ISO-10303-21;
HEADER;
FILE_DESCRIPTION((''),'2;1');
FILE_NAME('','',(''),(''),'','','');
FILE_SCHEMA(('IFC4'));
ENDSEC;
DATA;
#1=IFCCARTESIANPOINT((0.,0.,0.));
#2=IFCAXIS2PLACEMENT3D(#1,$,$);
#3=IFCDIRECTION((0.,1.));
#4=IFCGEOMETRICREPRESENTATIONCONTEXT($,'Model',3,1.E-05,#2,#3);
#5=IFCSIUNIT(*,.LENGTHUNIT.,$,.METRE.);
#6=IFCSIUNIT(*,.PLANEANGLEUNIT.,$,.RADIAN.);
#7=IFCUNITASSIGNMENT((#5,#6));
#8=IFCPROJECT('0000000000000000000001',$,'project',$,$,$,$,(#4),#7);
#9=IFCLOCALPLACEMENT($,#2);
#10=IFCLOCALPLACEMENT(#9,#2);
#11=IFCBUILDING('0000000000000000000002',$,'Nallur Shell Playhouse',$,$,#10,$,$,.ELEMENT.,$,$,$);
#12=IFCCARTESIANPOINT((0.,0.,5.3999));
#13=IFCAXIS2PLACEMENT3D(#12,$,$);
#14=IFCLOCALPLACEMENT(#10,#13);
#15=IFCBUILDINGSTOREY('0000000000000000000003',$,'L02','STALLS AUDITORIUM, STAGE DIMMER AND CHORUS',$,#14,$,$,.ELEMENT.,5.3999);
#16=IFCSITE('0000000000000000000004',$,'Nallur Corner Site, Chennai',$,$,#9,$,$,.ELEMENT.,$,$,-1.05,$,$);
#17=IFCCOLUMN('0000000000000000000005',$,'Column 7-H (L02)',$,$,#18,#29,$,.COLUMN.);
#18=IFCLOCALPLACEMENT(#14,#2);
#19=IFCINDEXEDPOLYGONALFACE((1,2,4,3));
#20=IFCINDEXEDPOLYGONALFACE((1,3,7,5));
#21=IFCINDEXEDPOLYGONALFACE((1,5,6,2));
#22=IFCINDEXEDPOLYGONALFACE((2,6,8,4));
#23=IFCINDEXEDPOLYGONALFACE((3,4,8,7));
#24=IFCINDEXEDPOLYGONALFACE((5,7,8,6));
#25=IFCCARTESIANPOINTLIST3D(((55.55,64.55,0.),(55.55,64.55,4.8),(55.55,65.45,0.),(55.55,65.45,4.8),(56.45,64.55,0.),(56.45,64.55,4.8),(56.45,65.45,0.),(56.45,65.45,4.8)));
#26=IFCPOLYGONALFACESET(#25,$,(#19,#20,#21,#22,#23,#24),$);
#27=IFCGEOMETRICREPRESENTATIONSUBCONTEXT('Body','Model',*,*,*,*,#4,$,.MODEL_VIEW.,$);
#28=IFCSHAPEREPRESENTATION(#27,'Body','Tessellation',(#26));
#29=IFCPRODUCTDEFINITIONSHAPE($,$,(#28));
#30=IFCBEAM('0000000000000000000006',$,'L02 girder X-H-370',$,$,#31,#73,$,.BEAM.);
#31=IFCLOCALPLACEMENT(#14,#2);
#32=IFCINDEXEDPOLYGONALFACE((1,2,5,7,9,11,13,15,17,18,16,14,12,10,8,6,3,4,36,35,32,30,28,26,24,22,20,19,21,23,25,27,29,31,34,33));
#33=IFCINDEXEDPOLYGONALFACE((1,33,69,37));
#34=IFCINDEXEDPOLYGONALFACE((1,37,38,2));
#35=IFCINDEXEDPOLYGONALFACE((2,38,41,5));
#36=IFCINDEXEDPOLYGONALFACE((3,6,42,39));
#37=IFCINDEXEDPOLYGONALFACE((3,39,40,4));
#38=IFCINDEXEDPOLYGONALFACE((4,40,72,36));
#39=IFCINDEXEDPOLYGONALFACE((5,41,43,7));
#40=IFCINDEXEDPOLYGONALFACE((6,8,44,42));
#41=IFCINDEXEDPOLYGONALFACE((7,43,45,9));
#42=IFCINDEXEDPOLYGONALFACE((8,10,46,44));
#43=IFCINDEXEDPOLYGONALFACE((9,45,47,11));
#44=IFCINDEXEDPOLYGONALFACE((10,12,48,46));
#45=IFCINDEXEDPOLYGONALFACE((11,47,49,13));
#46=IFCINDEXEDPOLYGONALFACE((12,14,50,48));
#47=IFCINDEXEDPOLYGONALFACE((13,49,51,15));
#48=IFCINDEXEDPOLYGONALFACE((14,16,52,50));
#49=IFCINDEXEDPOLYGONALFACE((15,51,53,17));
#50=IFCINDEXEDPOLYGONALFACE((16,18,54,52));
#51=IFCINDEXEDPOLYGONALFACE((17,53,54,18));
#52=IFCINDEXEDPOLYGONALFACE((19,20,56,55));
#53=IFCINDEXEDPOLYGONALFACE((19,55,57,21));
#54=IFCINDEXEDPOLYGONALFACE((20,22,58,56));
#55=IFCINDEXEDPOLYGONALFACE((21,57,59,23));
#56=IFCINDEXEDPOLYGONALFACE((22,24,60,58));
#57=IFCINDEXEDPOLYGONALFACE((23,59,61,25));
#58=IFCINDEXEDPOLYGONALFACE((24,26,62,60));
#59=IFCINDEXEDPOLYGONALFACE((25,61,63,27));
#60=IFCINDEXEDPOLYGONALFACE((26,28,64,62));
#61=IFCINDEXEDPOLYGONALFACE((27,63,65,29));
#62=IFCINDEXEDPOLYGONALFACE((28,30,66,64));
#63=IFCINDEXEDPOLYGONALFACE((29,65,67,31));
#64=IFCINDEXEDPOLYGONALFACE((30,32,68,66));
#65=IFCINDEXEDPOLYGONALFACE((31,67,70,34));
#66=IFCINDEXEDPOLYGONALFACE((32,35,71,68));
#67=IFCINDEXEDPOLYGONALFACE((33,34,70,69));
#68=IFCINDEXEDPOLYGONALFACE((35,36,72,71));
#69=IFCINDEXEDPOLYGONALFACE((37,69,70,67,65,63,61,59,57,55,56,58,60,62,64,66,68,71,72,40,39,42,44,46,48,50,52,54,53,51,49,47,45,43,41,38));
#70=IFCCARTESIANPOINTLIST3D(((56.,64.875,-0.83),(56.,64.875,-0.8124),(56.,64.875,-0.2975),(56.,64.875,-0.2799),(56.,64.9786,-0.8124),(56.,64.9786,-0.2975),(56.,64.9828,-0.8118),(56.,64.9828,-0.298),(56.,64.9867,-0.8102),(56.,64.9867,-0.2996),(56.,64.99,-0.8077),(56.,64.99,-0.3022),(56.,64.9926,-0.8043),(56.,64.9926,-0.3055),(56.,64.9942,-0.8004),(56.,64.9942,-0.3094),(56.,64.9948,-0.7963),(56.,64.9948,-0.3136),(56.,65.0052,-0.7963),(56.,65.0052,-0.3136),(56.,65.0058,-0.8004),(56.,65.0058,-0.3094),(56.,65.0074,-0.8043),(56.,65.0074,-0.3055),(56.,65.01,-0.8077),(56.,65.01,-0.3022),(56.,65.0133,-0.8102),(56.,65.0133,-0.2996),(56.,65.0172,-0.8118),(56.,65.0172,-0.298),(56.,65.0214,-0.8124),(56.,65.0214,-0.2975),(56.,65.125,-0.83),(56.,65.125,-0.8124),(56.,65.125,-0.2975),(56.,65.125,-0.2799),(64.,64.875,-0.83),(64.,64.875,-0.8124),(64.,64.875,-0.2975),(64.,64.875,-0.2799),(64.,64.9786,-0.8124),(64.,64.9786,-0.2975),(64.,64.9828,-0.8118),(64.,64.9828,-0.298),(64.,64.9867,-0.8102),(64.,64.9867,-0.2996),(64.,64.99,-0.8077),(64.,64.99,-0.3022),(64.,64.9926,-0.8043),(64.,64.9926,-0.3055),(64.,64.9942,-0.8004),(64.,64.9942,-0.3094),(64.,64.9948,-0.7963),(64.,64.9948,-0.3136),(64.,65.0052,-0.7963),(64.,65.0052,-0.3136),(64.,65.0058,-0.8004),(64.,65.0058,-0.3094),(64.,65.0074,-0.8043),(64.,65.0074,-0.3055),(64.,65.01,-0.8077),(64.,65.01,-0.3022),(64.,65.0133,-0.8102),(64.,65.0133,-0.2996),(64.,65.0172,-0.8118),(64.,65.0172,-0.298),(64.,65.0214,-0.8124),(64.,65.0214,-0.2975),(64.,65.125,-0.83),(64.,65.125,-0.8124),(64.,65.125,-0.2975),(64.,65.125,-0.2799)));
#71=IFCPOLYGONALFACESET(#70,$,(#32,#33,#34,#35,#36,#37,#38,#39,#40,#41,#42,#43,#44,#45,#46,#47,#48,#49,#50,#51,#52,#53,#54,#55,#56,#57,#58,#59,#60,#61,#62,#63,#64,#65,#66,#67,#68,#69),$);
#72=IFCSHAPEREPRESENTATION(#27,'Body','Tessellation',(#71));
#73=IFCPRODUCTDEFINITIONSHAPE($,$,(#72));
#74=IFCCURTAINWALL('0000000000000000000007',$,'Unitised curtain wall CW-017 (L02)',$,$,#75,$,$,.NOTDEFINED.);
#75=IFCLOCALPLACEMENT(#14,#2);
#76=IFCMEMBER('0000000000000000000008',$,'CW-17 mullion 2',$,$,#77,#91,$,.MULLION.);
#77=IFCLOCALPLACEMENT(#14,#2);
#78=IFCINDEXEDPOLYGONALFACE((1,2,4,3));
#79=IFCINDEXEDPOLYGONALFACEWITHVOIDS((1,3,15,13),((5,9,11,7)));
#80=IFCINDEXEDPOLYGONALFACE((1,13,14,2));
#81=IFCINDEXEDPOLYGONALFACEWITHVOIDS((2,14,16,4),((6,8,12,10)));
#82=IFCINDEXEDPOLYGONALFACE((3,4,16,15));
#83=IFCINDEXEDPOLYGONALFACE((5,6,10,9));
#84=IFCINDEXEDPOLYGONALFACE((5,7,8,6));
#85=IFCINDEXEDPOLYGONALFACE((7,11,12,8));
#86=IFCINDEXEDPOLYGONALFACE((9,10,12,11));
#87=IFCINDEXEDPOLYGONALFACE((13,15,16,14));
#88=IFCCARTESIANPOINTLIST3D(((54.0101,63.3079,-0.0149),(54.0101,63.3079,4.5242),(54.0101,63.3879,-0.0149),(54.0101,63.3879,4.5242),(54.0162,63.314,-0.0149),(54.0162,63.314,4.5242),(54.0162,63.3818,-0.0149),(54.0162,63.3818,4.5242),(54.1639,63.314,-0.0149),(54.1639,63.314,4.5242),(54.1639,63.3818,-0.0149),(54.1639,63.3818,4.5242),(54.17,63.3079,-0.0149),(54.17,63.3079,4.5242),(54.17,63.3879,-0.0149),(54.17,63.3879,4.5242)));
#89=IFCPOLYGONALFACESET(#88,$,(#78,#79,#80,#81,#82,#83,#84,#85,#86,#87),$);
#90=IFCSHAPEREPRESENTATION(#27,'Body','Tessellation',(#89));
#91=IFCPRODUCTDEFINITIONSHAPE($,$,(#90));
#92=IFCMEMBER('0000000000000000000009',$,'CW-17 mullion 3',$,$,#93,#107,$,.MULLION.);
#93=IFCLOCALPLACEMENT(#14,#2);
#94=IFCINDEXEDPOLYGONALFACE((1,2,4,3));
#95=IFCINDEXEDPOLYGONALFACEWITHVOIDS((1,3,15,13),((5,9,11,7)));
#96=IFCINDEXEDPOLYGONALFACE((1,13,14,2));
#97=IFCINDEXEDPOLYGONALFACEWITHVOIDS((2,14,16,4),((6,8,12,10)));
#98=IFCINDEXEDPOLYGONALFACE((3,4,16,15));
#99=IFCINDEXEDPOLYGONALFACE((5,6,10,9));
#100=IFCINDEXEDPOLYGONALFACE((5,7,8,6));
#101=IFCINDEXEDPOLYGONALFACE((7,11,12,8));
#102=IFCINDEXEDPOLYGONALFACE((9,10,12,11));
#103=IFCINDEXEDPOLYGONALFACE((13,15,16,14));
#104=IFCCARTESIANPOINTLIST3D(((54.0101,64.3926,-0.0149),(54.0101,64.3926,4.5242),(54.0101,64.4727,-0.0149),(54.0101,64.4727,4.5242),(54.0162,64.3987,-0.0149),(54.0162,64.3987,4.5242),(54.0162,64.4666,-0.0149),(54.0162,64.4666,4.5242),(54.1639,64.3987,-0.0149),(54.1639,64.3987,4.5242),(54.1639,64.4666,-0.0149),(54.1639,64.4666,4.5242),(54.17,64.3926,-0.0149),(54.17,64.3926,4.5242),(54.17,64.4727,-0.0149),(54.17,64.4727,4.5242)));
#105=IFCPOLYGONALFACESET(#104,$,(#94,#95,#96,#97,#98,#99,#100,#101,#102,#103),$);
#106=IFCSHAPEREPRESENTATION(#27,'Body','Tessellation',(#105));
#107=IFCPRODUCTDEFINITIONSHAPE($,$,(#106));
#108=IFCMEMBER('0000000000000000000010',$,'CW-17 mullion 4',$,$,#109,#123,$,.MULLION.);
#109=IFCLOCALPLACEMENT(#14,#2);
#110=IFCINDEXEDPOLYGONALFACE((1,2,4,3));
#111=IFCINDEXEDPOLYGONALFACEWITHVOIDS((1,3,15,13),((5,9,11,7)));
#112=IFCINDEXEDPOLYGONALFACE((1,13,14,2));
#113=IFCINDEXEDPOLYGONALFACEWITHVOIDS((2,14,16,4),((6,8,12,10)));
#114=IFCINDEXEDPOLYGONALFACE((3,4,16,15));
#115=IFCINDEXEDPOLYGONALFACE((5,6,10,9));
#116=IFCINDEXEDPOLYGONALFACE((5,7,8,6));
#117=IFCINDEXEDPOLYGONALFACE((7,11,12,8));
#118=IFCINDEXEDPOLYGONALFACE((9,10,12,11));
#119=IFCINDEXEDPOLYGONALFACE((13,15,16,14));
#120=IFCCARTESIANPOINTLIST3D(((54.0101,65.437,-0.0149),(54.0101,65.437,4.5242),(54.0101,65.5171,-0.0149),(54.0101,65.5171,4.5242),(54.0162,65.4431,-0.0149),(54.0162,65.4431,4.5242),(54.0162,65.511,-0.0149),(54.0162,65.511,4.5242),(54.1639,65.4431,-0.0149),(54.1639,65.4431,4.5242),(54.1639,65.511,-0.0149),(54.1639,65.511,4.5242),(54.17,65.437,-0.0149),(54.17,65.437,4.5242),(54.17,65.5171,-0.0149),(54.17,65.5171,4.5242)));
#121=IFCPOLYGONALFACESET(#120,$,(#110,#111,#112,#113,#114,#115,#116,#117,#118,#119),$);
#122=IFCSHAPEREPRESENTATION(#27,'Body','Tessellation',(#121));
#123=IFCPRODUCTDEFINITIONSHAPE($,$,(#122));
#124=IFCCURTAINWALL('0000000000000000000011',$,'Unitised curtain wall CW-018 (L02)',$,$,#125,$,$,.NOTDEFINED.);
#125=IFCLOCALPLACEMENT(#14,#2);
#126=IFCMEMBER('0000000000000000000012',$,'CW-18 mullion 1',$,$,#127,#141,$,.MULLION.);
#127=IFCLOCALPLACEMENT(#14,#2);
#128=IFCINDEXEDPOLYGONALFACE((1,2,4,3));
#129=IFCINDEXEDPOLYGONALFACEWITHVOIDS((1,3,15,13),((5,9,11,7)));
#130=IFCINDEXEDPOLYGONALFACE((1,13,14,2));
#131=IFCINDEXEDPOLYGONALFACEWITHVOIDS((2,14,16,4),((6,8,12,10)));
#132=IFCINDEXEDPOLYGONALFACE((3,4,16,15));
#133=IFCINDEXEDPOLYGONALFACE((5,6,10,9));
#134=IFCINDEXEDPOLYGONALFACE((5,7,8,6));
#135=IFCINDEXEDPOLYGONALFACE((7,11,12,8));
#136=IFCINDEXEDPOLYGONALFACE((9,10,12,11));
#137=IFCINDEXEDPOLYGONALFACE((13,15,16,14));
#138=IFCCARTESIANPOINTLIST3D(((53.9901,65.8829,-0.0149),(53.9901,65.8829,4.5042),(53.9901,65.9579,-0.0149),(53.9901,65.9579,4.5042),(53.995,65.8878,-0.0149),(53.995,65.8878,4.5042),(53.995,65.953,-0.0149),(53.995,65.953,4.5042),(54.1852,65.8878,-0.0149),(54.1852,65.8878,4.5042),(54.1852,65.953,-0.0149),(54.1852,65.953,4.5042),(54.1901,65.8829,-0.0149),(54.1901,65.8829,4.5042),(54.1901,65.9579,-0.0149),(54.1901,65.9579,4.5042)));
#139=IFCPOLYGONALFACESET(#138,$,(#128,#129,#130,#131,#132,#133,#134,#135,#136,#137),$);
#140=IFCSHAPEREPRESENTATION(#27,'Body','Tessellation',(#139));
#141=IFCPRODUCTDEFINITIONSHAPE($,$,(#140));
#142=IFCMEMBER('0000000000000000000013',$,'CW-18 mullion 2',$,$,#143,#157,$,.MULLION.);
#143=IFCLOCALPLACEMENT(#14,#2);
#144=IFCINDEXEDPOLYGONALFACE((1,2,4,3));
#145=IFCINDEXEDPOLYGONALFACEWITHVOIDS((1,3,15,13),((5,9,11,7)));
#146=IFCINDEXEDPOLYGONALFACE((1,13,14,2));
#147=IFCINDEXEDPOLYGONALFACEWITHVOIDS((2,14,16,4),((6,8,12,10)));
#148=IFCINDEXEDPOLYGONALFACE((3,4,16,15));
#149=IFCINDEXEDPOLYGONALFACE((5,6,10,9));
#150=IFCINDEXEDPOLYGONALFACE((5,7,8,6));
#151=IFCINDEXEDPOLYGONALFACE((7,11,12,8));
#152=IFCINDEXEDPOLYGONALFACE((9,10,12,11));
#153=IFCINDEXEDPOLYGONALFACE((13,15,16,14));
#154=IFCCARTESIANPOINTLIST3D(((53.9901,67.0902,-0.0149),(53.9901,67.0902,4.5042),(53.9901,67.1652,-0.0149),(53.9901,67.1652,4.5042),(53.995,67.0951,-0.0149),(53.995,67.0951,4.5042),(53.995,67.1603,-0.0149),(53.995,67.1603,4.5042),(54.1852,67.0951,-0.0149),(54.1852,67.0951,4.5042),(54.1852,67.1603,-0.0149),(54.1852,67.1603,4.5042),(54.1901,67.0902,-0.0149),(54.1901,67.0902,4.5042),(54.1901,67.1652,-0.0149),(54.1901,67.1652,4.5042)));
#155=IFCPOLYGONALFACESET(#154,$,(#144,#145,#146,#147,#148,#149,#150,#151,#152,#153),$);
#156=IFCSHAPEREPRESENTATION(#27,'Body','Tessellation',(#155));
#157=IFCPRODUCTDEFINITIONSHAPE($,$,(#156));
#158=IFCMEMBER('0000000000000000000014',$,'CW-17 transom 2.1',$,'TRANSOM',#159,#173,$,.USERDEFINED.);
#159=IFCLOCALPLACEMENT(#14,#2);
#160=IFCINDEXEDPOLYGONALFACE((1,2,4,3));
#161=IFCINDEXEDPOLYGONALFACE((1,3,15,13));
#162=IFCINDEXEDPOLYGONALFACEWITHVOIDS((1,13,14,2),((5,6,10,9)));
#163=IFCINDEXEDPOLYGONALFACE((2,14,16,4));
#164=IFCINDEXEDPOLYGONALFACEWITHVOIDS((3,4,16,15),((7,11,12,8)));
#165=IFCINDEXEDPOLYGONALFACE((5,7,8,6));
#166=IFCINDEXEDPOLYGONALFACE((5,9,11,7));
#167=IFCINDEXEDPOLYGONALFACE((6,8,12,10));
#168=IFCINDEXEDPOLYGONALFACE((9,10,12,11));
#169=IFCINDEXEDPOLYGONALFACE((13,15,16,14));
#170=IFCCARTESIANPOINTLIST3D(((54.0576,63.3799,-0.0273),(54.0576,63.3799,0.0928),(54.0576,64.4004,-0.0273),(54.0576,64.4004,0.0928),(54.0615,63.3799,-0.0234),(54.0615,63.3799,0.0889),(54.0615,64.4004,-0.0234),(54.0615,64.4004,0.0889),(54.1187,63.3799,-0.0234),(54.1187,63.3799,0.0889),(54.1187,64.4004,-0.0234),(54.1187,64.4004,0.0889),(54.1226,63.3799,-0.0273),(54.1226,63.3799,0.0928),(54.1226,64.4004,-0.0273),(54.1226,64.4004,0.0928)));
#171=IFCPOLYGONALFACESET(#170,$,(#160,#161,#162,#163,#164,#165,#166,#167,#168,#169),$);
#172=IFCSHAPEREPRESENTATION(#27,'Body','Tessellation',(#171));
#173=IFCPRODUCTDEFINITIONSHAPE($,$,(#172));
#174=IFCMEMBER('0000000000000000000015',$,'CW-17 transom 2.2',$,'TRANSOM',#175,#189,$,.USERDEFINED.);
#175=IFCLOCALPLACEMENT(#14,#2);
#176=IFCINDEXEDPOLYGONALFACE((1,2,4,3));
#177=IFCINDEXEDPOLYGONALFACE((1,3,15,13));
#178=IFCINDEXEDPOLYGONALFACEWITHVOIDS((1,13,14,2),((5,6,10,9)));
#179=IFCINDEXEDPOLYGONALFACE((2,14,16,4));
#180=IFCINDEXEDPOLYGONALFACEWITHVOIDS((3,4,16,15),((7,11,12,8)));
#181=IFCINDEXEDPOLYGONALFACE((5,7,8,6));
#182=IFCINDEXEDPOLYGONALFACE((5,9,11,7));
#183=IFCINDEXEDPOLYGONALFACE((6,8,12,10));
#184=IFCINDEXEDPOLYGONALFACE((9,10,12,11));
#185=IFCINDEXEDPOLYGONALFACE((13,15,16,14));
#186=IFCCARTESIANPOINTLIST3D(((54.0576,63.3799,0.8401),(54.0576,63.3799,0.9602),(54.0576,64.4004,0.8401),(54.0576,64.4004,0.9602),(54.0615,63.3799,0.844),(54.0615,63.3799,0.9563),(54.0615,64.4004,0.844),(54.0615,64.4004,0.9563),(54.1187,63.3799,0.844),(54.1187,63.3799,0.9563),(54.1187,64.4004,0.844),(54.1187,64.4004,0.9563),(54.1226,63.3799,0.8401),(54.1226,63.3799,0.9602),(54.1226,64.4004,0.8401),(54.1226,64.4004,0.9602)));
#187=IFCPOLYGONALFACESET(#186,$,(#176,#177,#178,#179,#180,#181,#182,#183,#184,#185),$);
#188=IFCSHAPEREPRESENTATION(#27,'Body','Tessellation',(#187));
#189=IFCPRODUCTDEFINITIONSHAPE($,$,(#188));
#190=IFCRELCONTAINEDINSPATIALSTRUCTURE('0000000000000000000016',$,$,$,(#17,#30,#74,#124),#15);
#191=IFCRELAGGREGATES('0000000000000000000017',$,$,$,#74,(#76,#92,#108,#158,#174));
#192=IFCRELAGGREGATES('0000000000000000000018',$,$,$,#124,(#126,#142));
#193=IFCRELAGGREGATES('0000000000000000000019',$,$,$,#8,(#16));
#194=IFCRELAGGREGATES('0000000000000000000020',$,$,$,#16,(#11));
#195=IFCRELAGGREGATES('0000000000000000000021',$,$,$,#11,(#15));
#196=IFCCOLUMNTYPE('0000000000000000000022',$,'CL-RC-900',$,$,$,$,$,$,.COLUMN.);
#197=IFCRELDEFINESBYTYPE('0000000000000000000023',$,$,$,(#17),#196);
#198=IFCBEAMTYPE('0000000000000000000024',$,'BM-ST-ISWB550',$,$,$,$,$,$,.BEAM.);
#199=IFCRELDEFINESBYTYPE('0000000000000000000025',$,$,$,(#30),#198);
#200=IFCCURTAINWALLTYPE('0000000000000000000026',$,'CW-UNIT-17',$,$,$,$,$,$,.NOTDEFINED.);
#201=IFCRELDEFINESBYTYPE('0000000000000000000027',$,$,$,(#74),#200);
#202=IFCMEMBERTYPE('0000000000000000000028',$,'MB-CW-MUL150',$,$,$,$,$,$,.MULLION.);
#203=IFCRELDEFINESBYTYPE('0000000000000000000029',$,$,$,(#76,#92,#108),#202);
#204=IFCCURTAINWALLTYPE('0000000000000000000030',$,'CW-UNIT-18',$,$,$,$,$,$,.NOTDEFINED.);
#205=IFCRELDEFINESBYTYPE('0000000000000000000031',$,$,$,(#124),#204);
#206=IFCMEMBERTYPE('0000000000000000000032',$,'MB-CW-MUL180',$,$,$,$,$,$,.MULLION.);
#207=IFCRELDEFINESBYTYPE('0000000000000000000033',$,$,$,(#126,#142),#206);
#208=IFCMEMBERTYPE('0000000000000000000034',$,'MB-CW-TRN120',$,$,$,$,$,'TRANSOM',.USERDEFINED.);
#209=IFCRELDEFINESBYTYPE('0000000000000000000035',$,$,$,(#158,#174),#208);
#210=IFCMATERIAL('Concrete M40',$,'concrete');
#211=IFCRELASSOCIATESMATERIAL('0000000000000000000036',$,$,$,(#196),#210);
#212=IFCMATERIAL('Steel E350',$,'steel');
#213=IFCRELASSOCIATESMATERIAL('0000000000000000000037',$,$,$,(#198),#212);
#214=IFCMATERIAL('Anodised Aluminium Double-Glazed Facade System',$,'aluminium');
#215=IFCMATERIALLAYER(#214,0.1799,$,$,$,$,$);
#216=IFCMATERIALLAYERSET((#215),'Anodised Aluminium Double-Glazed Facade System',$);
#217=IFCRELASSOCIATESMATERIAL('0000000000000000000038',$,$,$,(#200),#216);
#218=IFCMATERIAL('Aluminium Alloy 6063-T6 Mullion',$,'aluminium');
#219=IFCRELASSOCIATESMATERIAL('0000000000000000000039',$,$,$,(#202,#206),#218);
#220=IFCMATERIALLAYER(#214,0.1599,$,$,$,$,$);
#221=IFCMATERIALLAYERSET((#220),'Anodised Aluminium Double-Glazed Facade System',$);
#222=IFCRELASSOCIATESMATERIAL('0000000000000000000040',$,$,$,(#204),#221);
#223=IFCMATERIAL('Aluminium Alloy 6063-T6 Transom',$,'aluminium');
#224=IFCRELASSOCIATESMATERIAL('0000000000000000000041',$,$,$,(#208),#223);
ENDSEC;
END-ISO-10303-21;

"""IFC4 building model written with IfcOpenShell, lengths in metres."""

from ifc_helpers import new_model, si_unit, direction, frame, origin, origin_2d, place, context, subcontext, project, spatial, rectangle, hollow_rectangle, i_section, extrude, material, layer, layer_set, material_profile, profile_set, type_object, element, aggregate, save


model = new_model("IFC4")

# Units and contexts
model_context = context("Model", 3, precision=1e-05, world=origin(), true_north=direction((0.0, 1.0)))
body_context = subcontext(model_context, "Body", "Model", "MODEL_VIEW")
ifc_project = project(units=[si_unit("LENGTHUNIT", "METRE"), si_unit("PLANEANGLEUNIT", "RADIAN")], contexts=[model_context])

# Site, building, storey
site_placement = place(None, origin())
site = spatial("IfcSite", under=ifc_project, at=site_placement, Name="Nallur Corner Site, Chennai", CompositionType="ELEMENT", RefElevation=-1.05)
building_placement = place(site_placement, origin())
building = spatial("IfcBuilding", under=site, at=building_placement, Name="Nallur Shell Playhouse", CompositionType="ELEMENT")
storey_placement = place(building_placement, frame((0.0, 0.0, 5.3999)))
storey = spatial("IfcBuildingStorey", under=building, at=storey_placement, Name="L02", Description="STALLS AUDITORIUM, STAGE DIMMER AND CHORUS", CompositionType="ELEMENT", Elevation=5.3999)

# Column
ifc_material_1 = material(Name="Concrete M40", Category="concrete")
ifc_material_profile_1 = material_profile(ifc_material_1, rectangle(XDim=0.8999, YDim=0.8999, at=origin_2d()), Name="RC 900x900")
ifc_profile_set_1 = profile_set([ifc_material_profile_1], Name="Concrete M40")
column_type = type_object("IfcColumnType", Name="CL-RC-900", PredefinedType="COLUMN", material=ifc_profile_set_1)
column_placement = place(storey_placement, frame((56.0, 65.0, 0.0), z_axis=(0.0, 0.0, 1.0), x_axis=(1.0, 0.0, 0.0)))
element("IfcColumn", 1, at=column_placement, inside=storey, type_object=column_type, Name="Column 7-H (L02)", PredefinedType="COLUMN", context=body_context, shape_type="SweptSolid", body=[
    extrude(rectangle(XDim=0.8999, YDim=0.8999, at=origin_2d()), origin(), (0.0, 0.0, 1.0), 4.8),
])

# Beam
ifc_material_2 = material(Name="Steel E350", Category="steel")
ifc_material_profile_2 = material_profile(ifc_material_2, i_section(OverallWidth=0.25, OverallDepth=0.55, WebThickness=0.0105, FlangeThickness=0.0176, FilletRadius=0.0161, at=origin_2d()), Name="ISWB 550")
ifc_profile_set_2 = profile_set([ifc_material_profile_2], Name="Steel E350")
beam_type = type_object("IfcBeamType", Name="BM-ST-ISWB550", PredefinedType="BEAM", material=ifc_profile_set_2)
beam_placement = place(storey_placement, frame((56.0, 65.0, -0.5549), z_axis=(1.0, 0.0, 0.0), x_axis=(0.0, 1.0, 0.0)))
element("IfcBeam", 2, at=beam_placement, inside=storey, type_object=beam_type, Name="L02 girder X-H-370", PredefinedType="BEAM", context=body_context, shape_type="SweptSolid", body=[
    extrude(i_section(OverallWidth=0.25, OverallDepth=0.55, WebThickness=0.0105, FlangeThickness=0.0176, FilletRadius=0.0161, at=origin_2d()), origin(), (0.0, 0.0, 1.0), 8.0),
])

# Curtain walls, members
ifc_material_3 = material(Name="Anodised Aluminium Double-Glazed Facade System", Category="aluminium")
ifc_layer_1 = layer(ifc_material_3, 0.1799)
ifc_layer_set_1 = layer_set([ifc_layer_1], Name="Anodised Aluminium Double-Glazed Facade System")
curtain_wall_type_1 = type_object("IfcCurtainWallType", Name="CW-UNIT-17", PredefinedType="NOTDEFINED", material=ifc_layer_set_1)
curtain_wall_1_placement = place(storey_placement, origin())
curtain_wall_1 = element("IfcCurtainWall", 3, at=curtain_wall_1_placement, inside=storey, type_object=curtain_wall_type_1, Name="Unitised curtain wall CW-017 (L02)", PredefinedType="NOTDEFINED")
ifc_material_4 = material(Name="Aluminium Alloy 6063-T6 Mullion", Category="aluminium")
ifc_material_profile_3 = material_profile(ifc_material_4, hollow_rectangle(XDim=0.0801, YDim=0.1599, WallThickness=0.0061, at=origin_2d()), Name="RHS 160x80x6")
ifc_profile_set_3 = profile_set([ifc_material_profile_3], Name="Aluminium Alloy 6063-T6 Mullion")
member_type_1 = type_object("IfcMemberType", Name="MB-CW-MUL150", PredefinedType="MULLION", material=ifc_profile_set_3)
member_1_placement = place(storey_placement, frame((54.0901, 63.3479, -0.0149), z_axis=(0.0, 0.0, 1.0), x_axis=(0.0, 1.0, 0.0)))
member_1 = element("IfcMember", 4, at=member_1_placement, type_object=member_type_1, Name="CW-17 mullion 2", PredefinedType="MULLION", context=body_context, shape_type="SweptSolid", body=[
    extrude(hollow_rectangle(XDim=0.0801, YDim=0.1599, WallThickness=0.0061, at=origin_2d()), origin(), (0.0, 0.0, 1.0), 4.5391),
])
member_2_placement = place(storey_placement, frame((54.0901, 64.4326, -0.0149), z_axis=(0.0, 0.0, 1.0), x_axis=(0.0, 1.0, 0.0)))
member_2 = element("IfcMember", 5, at=member_2_placement, type_object=member_type_1, Name="CW-17 mullion 3", PredefinedType="MULLION", context=body_context, shape_type="SweptSolid", body=[
    extrude(hollow_rectangle(XDim=0.0801, YDim=0.1599, WallThickness=0.0061, at=origin_2d()), origin(), (0.0, 0.0, 1.0), 4.5391),
])
member_3_placement = place(storey_placement, frame((54.0901, 65.4771, -0.0149), z_axis=(0.0, 0.0, 1.0), x_axis=(0.0, 1.0, 0.0)))
member_3 = element("IfcMember", 6, at=member_3_placement, type_object=member_type_1, Name="CW-17 mullion 4", PredefinedType="MULLION", context=body_context, shape_type="SweptSolid", body=[
    extrude(hollow_rectangle(XDim=0.0801, YDim=0.1599, WallThickness=0.0061, at=origin_2d()), origin(), (0.0, 0.0, 1.0), 4.5391),
])
ifc_layer_2 = layer(ifc_material_3, 0.1599)
ifc_layer_set_2 = layer_set([ifc_layer_2], Name="Anodised Aluminium Double-Glazed Facade System")
curtain_wall_type_2 = type_object("IfcCurtainWallType", Name="CW-UNIT-18", PredefinedType="NOTDEFINED", material=ifc_layer_set_2)
curtain_wall_2_placement = place(storey_placement, origin())
curtain_wall_2 = element("IfcCurtainWall", 7, at=curtain_wall_2_placement, inside=storey, type_object=curtain_wall_type_2, Name="Unitised curtain wall CW-018 (L02)", PredefinedType="NOTDEFINED")
ifc_material_profile_4 = material_profile(ifc_material_4, hollow_rectangle(XDim=0.075, YDim=0.2, WallThickness=0.0049, at=origin_2d()), Name="ALU 75x200x5")
ifc_profile_set_4 = profile_set([ifc_material_profile_4], Name="Aluminium Alloy 6063-T6 Mullion")
member_type_2 = type_object("IfcMemberType", Name="MB-CW-MUL180", PredefinedType="MULLION", material=ifc_profile_set_4)
member_4_placement = place(storey_placement, frame((54.0901, 65.9204, -0.0149), z_axis=(0.0, 0.0, 1.0), x_axis=(0.0, 1.0, 0.0)))
member_4 = element("IfcMember", 8, at=member_4_placement, type_object=member_type_2, Name="CW-18 mullion 1", PredefinedType="MULLION", context=body_context, shape_type="SweptSolid", body=[
    extrude(hollow_rectangle(XDim=0.075, YDim=0.2, WallThickness=0.0049, at=origin_2d()), origin(), (0.0, 0.0, 1.0), 4.519),
])
member_5_placement = place(storey_placement, frame((54.0901, 67.1277, -0.0149), z_axis=(0.0, 0.0, 1.0), x_axis=(0.0, 1.0, 0.0)))
member_5 = element("IfcMember", 9, at=member_5_placement, type_object=member_type_2, Name="CW-18 mullion 2", PredefinedType="MULLION", context=body_context, shape_type="SweptSolid", body=[
    extrude(hollow_rectangle(XDim=0.075, YDim=0.2, WallThickness=0.0049, at=origin_2d()), origin(), (0.0, 0.0, 1.0), 4.519),
])

# Members
ifc_material_5 = material(Name="Aluminium Alloy 6063-T6 Transom", Category="aluminium")
ifc_material_profile_5 = material_profile(ifc_material_5, hollow_rectangle(XDim=0.0649, YDim=0.1201, WallThickness=0.0039, at=origin_2d()), Name="ALU 65x120x4")
ifc_profile_set_5 = profile_set([ifc_material_profile_5], Name="Aluminium Alloy 6063-T6 Transom")
member_type_3 = type_object("IfcMemberType", Name="MB-CW-TRN120", ElementType="TRANSOM", PredefinedType="USERDEFINED", material=ifc_profile_set_5)
member_6_placement = place(storey_placement, frame((54.0901, 63.3799, 0.0327), z_axis=(0.0, 1.0, 0.0), x_axis=(-1.0, 0.0, 0.0)))
member_6 = element("IfcMember", 10, at=member_6_placement, type_object=member_type_3, Name="CW-17 transom 2.1", ObjectType="TRANSOM", PredefinedType="USERDEFINED", context=body_context, shape_type="SweptSolid", body=[
    extrude(hollow_rectangle(XDim=0.0649, YDim=0.1201, WallThickness=0.0039, at=origin_2d()), origin(), (0.0, 0.0, 1.0), 1.0205),
])
member_7_placement = place(storey_placement, frame((54.0901, 63.3799, 0.9001), z_axis=(0.0, 1.0, 0.0), x_axis=(-1.0, 0.0, 0.0)))
member_7 = element("IfcMember", 11, at=member_7_placement, type_object=member_type_3, Name="CW-17 transom 2.2", ObjectType="TRANSOM", PredefinedType="USERDEFINED", context=body_context, shape_type="SweptSolid", body=[
    extrude(hollow_rectangle(XDim=0.0649, YDim=0.1201, WallThickness=0.0039, at=origin_2d()), origin(), (0.0, 0.0, 1.0), 1.0205),
])

aggregate(curtain_wall_1, [member_1, member_2, member_3, member_6, member_7])
aggregate(curtain_wall_2, [member_4, member_5])

save(model, "model.ifc")
